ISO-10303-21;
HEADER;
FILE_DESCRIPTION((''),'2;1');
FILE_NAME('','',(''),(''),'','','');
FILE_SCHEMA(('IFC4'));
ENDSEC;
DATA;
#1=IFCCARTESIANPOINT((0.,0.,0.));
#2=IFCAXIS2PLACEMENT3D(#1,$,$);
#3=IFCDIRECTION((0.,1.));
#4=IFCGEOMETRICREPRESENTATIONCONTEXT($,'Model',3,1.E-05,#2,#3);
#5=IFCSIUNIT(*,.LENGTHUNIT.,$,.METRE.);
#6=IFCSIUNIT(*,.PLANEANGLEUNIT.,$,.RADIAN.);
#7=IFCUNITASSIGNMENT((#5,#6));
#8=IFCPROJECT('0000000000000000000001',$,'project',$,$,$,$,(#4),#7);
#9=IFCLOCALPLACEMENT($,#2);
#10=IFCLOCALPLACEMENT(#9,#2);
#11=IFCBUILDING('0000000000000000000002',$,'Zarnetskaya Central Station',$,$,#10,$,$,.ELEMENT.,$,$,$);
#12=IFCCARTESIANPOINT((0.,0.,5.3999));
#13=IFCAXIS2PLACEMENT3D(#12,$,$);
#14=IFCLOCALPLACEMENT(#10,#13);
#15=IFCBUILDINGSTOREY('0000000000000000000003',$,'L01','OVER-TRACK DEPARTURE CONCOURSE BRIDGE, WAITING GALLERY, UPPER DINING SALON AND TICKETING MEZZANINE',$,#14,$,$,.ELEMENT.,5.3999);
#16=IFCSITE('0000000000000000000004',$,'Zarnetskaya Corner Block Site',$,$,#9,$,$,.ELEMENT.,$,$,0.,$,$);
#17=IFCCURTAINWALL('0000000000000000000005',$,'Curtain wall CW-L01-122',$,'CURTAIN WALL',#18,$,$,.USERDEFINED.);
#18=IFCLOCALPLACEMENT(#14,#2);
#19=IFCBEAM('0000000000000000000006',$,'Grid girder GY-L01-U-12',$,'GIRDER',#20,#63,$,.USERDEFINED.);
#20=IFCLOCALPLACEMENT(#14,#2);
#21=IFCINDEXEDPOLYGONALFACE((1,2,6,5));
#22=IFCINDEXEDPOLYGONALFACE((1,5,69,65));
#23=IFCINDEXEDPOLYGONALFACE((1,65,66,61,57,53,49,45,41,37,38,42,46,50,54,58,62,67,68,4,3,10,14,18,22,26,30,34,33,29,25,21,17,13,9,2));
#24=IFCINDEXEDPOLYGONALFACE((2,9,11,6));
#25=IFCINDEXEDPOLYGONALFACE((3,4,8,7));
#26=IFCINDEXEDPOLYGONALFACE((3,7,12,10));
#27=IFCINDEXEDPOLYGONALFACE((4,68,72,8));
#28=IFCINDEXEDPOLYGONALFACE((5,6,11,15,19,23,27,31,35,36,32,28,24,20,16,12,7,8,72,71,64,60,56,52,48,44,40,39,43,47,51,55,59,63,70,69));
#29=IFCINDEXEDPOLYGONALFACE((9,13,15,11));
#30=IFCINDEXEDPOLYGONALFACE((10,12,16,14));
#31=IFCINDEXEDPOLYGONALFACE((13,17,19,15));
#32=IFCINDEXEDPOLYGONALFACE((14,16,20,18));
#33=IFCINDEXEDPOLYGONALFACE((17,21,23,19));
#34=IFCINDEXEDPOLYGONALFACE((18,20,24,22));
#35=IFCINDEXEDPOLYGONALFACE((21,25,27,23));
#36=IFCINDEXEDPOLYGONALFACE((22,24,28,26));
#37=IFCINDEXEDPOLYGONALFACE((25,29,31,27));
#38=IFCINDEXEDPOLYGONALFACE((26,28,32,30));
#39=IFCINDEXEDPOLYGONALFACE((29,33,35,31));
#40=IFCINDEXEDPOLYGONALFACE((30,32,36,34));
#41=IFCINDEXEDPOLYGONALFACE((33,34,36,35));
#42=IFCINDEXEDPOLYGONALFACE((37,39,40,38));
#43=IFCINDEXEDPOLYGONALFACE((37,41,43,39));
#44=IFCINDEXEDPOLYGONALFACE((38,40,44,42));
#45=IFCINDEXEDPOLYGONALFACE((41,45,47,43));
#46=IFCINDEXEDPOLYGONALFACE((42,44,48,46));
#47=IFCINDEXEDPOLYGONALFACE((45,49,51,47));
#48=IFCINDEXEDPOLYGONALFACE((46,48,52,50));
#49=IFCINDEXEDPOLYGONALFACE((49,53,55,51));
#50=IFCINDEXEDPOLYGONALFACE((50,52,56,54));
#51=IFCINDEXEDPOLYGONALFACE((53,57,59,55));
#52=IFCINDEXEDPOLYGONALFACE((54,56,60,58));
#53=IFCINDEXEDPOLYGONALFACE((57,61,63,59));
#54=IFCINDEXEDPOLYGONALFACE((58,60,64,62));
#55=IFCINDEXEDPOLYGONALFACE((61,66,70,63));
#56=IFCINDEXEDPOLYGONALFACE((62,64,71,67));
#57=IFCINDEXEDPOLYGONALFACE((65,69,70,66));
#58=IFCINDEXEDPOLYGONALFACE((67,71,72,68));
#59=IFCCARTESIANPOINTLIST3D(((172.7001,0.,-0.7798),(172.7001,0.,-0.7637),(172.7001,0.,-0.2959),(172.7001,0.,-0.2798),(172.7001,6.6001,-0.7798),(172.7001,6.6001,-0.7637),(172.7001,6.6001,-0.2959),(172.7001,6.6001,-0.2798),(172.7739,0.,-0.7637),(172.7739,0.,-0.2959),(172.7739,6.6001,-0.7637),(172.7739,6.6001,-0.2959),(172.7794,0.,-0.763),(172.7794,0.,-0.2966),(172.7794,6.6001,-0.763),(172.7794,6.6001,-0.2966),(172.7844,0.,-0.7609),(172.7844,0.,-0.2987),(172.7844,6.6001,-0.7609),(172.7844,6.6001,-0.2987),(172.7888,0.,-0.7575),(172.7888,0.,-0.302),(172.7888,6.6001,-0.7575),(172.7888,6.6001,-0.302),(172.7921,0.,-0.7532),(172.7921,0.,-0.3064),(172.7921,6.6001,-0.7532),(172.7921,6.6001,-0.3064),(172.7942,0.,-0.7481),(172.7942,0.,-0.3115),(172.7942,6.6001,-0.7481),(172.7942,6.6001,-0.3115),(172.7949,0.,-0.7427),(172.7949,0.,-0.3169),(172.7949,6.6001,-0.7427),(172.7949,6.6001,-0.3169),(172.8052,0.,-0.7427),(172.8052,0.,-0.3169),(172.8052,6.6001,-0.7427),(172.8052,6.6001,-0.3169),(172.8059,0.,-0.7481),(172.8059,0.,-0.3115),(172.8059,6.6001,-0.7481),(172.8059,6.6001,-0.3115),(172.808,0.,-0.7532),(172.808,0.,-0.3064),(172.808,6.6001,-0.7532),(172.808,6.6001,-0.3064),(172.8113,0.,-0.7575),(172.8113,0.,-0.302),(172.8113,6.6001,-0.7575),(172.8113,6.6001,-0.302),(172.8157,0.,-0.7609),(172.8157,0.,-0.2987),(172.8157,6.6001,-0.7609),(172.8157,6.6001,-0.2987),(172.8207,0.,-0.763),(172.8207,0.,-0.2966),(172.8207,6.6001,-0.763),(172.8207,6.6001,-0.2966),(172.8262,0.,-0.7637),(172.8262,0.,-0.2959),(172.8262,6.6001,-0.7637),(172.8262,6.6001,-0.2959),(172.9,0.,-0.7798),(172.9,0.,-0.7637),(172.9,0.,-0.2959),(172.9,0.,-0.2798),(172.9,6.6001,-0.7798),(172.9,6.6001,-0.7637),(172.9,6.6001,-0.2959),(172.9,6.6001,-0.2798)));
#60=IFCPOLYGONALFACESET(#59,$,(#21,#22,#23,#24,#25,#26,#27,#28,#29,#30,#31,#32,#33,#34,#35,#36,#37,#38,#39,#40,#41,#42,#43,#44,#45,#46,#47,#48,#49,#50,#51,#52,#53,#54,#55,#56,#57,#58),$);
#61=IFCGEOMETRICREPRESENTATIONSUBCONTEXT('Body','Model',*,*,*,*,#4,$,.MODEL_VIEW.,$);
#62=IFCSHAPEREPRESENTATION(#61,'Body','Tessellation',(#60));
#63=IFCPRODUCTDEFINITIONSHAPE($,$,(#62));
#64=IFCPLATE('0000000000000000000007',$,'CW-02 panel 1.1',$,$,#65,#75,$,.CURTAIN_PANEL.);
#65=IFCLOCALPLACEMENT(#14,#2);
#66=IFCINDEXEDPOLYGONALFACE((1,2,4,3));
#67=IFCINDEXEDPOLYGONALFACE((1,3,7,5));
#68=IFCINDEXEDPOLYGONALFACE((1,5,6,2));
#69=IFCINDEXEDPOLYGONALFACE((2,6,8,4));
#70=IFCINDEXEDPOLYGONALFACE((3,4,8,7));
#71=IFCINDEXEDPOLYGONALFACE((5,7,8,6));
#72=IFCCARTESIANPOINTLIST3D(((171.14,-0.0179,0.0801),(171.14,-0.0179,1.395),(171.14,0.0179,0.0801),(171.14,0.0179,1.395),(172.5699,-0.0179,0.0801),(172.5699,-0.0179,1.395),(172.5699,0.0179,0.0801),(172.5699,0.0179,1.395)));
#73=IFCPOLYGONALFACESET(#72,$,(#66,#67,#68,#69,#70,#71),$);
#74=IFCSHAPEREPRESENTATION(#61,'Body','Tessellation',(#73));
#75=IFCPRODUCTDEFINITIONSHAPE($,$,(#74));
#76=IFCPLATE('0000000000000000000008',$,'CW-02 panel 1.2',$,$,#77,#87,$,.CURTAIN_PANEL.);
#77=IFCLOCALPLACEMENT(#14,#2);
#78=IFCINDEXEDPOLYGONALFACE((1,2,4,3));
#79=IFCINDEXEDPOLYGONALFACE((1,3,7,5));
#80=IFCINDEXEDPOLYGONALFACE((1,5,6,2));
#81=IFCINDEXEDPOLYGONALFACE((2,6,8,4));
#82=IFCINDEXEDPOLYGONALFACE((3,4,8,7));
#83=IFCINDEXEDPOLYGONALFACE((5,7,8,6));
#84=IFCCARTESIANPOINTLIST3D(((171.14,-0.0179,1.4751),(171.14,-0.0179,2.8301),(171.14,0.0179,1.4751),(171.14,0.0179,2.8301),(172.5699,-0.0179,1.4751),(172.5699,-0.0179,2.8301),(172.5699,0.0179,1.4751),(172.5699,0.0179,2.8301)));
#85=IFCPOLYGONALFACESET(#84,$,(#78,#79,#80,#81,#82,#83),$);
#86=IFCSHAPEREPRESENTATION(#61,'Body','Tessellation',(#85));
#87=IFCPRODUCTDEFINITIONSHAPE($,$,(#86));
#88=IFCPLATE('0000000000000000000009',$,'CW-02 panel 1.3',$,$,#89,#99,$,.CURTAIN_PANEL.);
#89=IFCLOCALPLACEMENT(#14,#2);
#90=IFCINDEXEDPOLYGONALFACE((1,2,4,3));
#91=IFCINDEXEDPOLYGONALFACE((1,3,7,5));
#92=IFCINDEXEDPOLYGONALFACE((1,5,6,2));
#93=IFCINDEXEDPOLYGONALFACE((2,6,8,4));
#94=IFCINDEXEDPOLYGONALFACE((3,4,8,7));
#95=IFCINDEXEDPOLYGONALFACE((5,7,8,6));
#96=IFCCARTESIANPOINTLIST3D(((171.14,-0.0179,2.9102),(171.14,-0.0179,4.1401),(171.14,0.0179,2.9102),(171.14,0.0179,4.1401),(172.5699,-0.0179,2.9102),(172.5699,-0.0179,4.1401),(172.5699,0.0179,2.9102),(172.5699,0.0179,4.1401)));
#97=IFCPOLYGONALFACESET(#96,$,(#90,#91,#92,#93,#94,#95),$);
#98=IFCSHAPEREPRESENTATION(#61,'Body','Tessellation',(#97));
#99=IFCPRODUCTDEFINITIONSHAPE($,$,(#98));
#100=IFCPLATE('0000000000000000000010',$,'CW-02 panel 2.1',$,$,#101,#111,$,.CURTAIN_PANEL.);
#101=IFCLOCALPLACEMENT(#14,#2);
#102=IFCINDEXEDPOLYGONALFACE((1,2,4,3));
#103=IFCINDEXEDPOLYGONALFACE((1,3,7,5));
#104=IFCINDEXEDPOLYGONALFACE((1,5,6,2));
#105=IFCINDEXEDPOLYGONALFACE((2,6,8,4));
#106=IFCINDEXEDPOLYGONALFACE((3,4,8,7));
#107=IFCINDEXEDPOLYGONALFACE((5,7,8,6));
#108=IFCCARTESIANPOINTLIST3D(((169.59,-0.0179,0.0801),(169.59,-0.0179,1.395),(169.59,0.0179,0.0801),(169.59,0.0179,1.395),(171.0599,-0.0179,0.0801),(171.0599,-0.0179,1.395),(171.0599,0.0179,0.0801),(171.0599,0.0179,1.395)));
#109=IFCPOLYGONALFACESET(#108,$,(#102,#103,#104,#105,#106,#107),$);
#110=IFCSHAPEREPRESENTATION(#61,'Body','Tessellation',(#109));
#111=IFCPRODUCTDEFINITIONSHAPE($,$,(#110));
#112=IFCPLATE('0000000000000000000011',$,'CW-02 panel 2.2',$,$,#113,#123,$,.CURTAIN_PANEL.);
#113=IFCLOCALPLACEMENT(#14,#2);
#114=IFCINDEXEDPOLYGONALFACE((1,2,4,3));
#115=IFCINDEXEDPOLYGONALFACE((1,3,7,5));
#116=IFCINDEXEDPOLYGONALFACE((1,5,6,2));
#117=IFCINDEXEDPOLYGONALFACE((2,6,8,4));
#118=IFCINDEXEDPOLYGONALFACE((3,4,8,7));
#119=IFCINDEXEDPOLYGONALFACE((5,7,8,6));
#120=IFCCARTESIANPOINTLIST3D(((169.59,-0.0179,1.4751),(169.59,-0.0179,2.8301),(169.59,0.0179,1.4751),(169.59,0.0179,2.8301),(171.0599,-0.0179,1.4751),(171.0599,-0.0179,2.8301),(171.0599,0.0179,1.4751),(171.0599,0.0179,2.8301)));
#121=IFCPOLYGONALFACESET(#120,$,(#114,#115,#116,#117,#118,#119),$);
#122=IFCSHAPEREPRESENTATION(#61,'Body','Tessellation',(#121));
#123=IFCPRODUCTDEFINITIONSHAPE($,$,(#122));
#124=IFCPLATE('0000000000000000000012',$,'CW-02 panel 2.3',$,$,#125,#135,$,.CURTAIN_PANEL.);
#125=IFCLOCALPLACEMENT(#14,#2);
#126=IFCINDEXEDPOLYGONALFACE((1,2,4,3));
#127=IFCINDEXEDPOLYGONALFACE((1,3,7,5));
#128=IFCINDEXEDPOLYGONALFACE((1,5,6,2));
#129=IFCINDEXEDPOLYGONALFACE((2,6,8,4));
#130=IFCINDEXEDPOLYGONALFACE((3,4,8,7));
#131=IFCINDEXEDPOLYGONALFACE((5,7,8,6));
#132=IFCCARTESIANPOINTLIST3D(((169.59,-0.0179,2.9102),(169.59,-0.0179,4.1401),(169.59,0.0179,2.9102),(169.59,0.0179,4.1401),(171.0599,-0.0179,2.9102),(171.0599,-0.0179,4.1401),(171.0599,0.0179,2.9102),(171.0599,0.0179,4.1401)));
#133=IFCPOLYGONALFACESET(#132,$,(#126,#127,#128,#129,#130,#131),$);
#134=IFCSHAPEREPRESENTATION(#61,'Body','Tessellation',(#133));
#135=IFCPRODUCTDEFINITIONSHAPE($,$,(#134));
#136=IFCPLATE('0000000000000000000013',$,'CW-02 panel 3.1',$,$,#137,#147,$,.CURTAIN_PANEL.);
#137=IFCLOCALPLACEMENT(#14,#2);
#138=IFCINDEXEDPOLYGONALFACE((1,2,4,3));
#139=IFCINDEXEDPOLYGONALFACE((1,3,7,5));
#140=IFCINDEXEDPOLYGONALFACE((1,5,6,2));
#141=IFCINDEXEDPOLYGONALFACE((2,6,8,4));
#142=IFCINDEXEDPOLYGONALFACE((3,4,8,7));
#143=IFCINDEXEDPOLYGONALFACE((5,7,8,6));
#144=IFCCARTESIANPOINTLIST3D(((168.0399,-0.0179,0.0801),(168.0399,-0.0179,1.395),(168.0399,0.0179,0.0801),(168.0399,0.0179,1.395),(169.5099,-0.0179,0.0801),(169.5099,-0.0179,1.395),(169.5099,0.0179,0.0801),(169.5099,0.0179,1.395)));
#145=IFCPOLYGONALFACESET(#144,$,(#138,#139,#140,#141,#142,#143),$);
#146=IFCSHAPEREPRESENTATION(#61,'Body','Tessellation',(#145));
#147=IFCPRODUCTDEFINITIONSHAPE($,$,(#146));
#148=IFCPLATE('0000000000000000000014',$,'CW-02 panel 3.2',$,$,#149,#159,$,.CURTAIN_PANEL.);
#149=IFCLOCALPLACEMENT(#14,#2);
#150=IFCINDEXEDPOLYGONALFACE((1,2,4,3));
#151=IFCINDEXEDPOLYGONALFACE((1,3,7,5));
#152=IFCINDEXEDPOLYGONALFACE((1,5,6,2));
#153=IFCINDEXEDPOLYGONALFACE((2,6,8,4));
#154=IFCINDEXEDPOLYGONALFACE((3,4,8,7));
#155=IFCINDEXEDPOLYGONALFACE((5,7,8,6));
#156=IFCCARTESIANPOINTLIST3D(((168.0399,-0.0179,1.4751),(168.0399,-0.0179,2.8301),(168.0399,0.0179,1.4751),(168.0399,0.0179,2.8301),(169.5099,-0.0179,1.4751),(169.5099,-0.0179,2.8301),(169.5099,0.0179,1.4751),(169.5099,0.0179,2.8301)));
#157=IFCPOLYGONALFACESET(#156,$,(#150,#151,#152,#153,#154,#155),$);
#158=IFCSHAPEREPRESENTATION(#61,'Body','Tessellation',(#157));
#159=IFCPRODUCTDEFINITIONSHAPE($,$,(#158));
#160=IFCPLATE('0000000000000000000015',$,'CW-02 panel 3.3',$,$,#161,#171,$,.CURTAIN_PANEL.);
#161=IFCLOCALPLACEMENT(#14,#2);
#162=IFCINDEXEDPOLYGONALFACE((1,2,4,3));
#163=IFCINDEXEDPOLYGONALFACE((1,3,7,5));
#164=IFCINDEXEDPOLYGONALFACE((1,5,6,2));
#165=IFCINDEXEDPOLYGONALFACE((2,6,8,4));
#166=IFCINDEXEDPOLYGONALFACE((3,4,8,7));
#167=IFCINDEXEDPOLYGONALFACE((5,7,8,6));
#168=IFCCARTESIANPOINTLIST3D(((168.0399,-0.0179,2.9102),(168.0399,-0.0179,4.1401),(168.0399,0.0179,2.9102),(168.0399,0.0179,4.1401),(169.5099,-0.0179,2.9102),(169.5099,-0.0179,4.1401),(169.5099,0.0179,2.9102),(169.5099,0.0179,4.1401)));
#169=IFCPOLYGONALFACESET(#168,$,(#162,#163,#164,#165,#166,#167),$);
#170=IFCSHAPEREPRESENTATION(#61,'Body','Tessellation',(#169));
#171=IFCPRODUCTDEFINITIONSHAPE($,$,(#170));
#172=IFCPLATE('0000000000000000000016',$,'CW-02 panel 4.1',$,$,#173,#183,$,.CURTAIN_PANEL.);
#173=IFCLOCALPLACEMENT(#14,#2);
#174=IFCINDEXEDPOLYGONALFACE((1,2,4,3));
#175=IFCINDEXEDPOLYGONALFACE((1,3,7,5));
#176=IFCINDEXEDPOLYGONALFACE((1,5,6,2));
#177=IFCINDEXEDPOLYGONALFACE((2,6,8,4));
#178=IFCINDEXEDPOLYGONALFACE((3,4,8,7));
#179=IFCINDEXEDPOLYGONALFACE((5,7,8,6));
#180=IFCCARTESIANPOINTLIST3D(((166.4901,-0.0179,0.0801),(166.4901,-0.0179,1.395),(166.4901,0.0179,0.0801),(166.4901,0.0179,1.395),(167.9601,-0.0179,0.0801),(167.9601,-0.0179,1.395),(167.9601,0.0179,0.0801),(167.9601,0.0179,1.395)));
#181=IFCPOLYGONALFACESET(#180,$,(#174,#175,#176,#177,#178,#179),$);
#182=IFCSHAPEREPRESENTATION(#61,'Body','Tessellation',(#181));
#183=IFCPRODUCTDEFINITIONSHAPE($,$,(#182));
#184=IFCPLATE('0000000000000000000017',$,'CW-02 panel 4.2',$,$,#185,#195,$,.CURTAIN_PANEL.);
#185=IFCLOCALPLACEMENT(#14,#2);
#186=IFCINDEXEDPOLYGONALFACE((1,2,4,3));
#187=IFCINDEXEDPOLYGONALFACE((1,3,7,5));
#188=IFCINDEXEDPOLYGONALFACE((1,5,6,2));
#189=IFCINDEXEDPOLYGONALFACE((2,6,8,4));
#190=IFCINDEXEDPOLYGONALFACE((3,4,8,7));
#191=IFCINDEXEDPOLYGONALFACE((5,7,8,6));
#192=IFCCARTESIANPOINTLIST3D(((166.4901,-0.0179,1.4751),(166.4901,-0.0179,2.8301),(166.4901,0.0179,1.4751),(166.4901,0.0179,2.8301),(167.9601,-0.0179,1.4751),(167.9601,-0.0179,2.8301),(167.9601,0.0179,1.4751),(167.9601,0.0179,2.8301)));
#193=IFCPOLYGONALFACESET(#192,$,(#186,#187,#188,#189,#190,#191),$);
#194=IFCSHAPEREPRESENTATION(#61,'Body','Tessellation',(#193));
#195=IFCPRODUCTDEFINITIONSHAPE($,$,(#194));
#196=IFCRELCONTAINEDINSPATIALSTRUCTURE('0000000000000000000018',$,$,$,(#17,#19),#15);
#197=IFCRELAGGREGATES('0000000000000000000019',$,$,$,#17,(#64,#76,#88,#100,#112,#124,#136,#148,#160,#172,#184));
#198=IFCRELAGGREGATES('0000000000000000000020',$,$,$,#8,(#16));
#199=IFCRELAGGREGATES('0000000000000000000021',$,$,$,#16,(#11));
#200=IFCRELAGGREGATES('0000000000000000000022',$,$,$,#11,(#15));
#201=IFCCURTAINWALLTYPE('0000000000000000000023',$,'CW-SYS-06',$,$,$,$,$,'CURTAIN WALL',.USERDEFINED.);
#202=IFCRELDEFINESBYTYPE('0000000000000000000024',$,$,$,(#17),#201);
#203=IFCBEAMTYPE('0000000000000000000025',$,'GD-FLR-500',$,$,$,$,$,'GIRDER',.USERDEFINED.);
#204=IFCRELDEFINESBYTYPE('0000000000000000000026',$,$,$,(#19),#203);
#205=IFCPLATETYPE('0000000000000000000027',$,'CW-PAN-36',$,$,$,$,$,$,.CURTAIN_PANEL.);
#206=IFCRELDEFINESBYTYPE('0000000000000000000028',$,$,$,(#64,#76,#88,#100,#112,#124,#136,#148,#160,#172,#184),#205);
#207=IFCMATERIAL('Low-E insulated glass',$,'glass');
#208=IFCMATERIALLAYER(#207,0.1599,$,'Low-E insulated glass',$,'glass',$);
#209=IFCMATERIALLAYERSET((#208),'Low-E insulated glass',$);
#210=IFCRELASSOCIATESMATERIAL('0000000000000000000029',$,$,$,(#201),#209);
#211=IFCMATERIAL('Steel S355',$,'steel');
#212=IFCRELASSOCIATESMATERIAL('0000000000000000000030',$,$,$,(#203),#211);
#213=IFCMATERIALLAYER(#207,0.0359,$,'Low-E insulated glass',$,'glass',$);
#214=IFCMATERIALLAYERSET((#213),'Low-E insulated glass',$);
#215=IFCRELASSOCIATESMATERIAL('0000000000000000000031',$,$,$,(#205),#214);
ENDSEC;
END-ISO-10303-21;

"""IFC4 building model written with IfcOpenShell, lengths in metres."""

from ifc_helpers import new_model, si_unit, direction, frame, origin, origin_2d, place, context, subcontext, project, spatial, rectangle, i_section, extrude, material, layer, layer_set, material_profile, profile_set, type_object, element, aggregate, save


model = new_model("IFC4")

# Units and contexts
model_context = context("Model", 3, precision=1e-05, world=origin(), true_north=direction((0.0, 1.0)))
body_context = subcontext(model_context, "Body", "Model", "MODEL_VIEW")
ifc_project = project(units=[si_unit("LENGTHUNIT", "METRE"), si_unit("PLANEANGLEUNIT", "RADIAN")], contexts=[model_context])

# Site, building, storey
site_placement = place(None, origin())
site = spatial("IfcSite", under=ifc_project, at=site_placement, Name="Zarnetskaya Corner Block Site", CompositionType="ELEMENT", RefElevation=0.0)
building_placement = place(site_placement, origin())
building = spatial("IfcBuilding", under=site, at=building_placement, Name="Zarnetskaya Central Station", CompositionType="ELEMENT")
storey_placement = place(building_placement, frame((0.0, 0.0, 5.3999)))
storey = spatial("IfcBuildingStorey", under=building, at=storey_placement, Name="L01", Description="OVER-TRACK DEPARTURE CONCOURSE BRIDGE, WAITING GALLERY, UPPER DINING SALON AND TICKETING MEZZANINE", CompositionType="ELEMENT", Elevation=5.3999)

# Shared definitions
ifc_material_1 = material(Name="Steel S355", Category="steel")

# Curtain wall
ifc_material_2 = material(Name="Low-E insulated glass", Category="glass")
ifc_layer_1 = layer(ifc_material_2, 0.1599, Name="Low-E insulated glass", Category="glass")
ifc_layer_set_1 = layer_set([ifc_layer_1], Name="Low-E insulated glass")
curtain_wall_type = type_object("IfcCurtainWallType", Name="CW-SYS-06", ElementType="CURTAIN WALL", PredefinedType="USERDEFINED", material=ifc_layer_set_1)
curtain_wall_placement = place(storey_placement, origin())
curtain_wall = element("IfcCurtainWall", 1, at=curtain_wall_placement, inside=storey, type_object=curtain_wall_type, Name="Curtain wall CW-L01-122", ObjectType="CURTAIN WALL", PredefinedType="USERDEFINED")

# Beam
ifc_material_profile_1 = material_profile(ifc_material_1, i_section(OverallWidth=0.2, OverallDepth=0.5, WebThickness=0.0103, FlangeThickness=0.0161, FilletRadius=0.021, at=origin_2d()), Name="IPE 500")
ifc_profile_set_1 = profile_set([ifc_material_profile_1], Name="Steel S355")
beam_type = type_object("IfcBeamType", Name="GD-FLR-500", ElementType="GIRDER", PredefinedType="USERDEFINED", material=ifc_profile_set_1)
beam_placement = place(storey_placement, frame((172.8, 0.0, -0.5298), z_axis=(0.0, 1.0, 0.0), x_axis=(-1.0, 0.0, 0.0)))
element("IfcBeam", 2, at=beam_placement, inside=storey, type_object=beam_type, Name="Grid girder GY-L01-U-12", ObjectType="GIRDER", PredefinedType="USERDEFINED", context=body_context, shape_type="SweptSolid", body=[
    extrude(i_section(OverallWidth=0.2, OverallDepth=0.5, WebThickness=0.0103, FlangeThickness=0.0161, FilletRadius=0.021, at=origin_2d()), origin(), (0.0, 0.0, 1.0), 6.6001),
])

# Plates
ifc_layer_2 = layer(ifc_material_2, 0.0359, Name="Low-E insulated glass", Category="glass")
ifc_layer_set_2 = layer_set([ifc_layer_2], Name="Low-E insulated glass")
plate_type = type_object("IfcPlateType", Name="CW-PAN-36", PredefinedType="CURTAIN_PANEL", material=ifc_layer_set_2)
plate_1_placement = place(storey_placement, frame((171.855, 0.0, 0.0801), z_axis=(0.0, 0.0, 1.0), x_axis=(-1.0, 0.0, 0.0)))
plate_1 = element("IfcPlate", 3, at=plate_1_placement, type_object=plate_type, Name="CW-02 panel 1.1", PredefinedType="CURTAIN_PANEL", context=body_context, shape_type="SweptSolid", body=[
    extrude(rectangle(XDim=1.4299, YDim=0.0359, at=origin_2d()), origin(), (0.0, 0.0, 1.0), 1.3149),
])
plate_2_placement = place(storey_placement, frame((171.855, 0.0, 1.4751), z_axis=(0.0, 0.0, 1.0), x_axis=(-1.0, 0.0, 0.0)))
plate_2 = element("IfcPlate", 4, at=plate_2_placement, type_object=plate_type, Name="CW-02 panel 1.2", PredefinedType="CURTAIN_PANEL", context=body_context, shape_type="SweptSolid", body=[
    extrude(rectangle(XDim=1.4299, YDim=0.0359, at=origin_2d()), origin(), (0.0, 0.0, 1.0), 1.355),
])
plate_3_placement = place(storey_placement, frame((171.855, 0.0, 2.9102), z_axis=(0.0, 0.0, 1.0), x_axis=(-1.0, 0.0, 0.0)))
plate_3 = element("IfcPlate", 5, at=plate_3_placement, type_object=plate_type, Name="CW-02 panel 1.3", PredefinedType="CURTAIN_PANEL", context=body_context, shape_type="SweptSolid", body=[
    extrude(rectangle(XDim=1.4299, YDim=0.0359, at=origin_2d()), origin(), (0.0, 0.0, 1.0), 1.23),
])
plate_4_placement = place(storey_placement, frame((170.325, 0.0, 0.0801), z_axis=(0.0, 0.0, 1.0), x_axis=(-1.0, 0.0, 0.0)))
plate_4 = element("IfcPlate", 6, at=plate_4_placement, type_object=plate_type, Name="CW-02 panel 2.1", PredefinedType="CURTAIN_PANEL", context=body_context, shape_type="SweptSolid", body=[
    extrude(rectangle(XDim=1.47, YDim=0.0359, at=origin_2d()), origin(), (0.0, 0.0, 1.0), 1.3149),
])
plate_5_placement = place(storey_placement, frame((170.325, 0.0, 1.4751), z_axis=(0.0, 0.0, 1.0), x_axis=(-1.0, 0.0, 0.0)))
plate_5 = element("IfcPlate", 7, at=plate_5_placement, type_object=plate_type, Name="CW-02 panel 2.2", PredefinedType="CURTAIN_PANEL", context=body_context, shape_type="SweptSolid", body=[
    extrude(rectangle(XDim=1.47, YDim=0.0359, at=origin_2d()), origin(), (0.0, 0.0, 1.0), 1.355),
])
plate_6_placement = place(storey_placement, frame((170.325, 0.0, 2.9102), z_axis=(0.0, 0.0, 1.0), x_axis=(-1.0, 0.0, 0.0)))
plate_6 = element("IfcPlate", 8, at=plate_6_placement, type_object=plate_type, Name="CW-02 panel 2.3", PredefinedType="CURTAIN_PANEL", context=body_context, shape_type="SweptSolid", body=[
    extrude(rectangle(XDim=1.47, YDim=0.0359, at=origin_2d()), origin(), (0.0, 0.0, 1.0), 1.23),
])
plate_7_placement = place(storey_placement, frame((168.7749, 0.0, 0.0801), z_axis=(0.0, 0.0, 1.0), x_axis=(-1.0, 0.0, 0.0)))
plate_7 = element("IfcPlate", 9, at=plate_7_placement, type_object=plate_type, Name="CW-02 panel 3.1", PredefinedType="CURTAIN_PANEL", context=body_context, shape_type="SweptSolid", body=[
    extrude(rectangle(XDim=1.47, YDim=0.0359, at=origin_2d()), origin(), (0.0, 0.0, 1.0), 1.3149),
])
plate_8_placement = place(storey_placement, frame((168.7749, 0.0, 1.4751), z_axis=(0.0, 0.0, 1.0), x_axis=(-1.0, 0.0, 0.0)))
plate_8 = element("IfcPlate", 10, at=plate_8_placement, type_object=plate_type, Name="CW-02 panel 3.2", PredefinedType="CURTAIN_PANEL", context=body_context, shape_type="SweptSolid", body=[
    extrude(rectangle(XDim=1.47, YDim=0.0359, at=origin_2d()), origin(), (0.0, 0.0, 1.0), 1.355),
])
plate_9_placement = place(storey_placement, frame((168.7749, 0.0, 2.9102), z_axis=(0.0, 0.0, 1.0), x_axis=(-1.0, 0.0, 0.0)))
plate_9 = element("IfcPlate", 11, at=plate_9_placement, type_object=plate_type, Name="CW-02 panel 3.3", PredefinedType="CURTAIN_PANEL", context=body_context, shape_type="SweptSolid", body=[
    extrude(rectangle(XDim=1.47, YDim=0.0359, at=origin_2d()), origin(), (0.0, 0.0, 1.0), 1.23),
])
plate_10_placement = place(storey_placement, frame((167.2251, 0.0, 0.0801), z_axis=(0.0, 0.0, 1.0), x_axis=(-1.0, 0.0, 0.0)))
plate_10 = element("IfcPlate", 12, at=plate_10_placement, type_object=plate_type, Name="CW-02 panel 4.1", PredefinedType="CURTAIN_PANEL", context=body_context, shape_type="SweptSolid", body=[
    extrude(rectangle(XDim=1.47, YDim=0.0359, at=origin_2d()), origin(), (0.0, 0.0, 1.0), 1.3149),
])
plate_11_placement = place(storey_placement, frame((167.2251, 0.0, 1.4751), z_axis=(0.0, 0.0, 1.0), x_axis=(-1.0, 0.0, 0.0)))
plate_11 = element("IfcPlate", 13, at=plate_11_placement, type_object=plate_type, Name="CW-02 panel 4.2", PredefinedType="CURTAIN_PANEL", context=body_context, shape_type="SweptSolid", body=[
    extrude(rectangle(XDim=1.47, YDim=0.0359, at=origin_2d()), origin(), (0.0, 0.0, 1.0), 1.355),
])
aggregate(curtain_wall, [plate_1, plate_2, plate_3, plate_4, plate_5, plate_6, plate_7, plate_8, plate_9, plate_10, plate_11])

save(model, "model.ifc")
